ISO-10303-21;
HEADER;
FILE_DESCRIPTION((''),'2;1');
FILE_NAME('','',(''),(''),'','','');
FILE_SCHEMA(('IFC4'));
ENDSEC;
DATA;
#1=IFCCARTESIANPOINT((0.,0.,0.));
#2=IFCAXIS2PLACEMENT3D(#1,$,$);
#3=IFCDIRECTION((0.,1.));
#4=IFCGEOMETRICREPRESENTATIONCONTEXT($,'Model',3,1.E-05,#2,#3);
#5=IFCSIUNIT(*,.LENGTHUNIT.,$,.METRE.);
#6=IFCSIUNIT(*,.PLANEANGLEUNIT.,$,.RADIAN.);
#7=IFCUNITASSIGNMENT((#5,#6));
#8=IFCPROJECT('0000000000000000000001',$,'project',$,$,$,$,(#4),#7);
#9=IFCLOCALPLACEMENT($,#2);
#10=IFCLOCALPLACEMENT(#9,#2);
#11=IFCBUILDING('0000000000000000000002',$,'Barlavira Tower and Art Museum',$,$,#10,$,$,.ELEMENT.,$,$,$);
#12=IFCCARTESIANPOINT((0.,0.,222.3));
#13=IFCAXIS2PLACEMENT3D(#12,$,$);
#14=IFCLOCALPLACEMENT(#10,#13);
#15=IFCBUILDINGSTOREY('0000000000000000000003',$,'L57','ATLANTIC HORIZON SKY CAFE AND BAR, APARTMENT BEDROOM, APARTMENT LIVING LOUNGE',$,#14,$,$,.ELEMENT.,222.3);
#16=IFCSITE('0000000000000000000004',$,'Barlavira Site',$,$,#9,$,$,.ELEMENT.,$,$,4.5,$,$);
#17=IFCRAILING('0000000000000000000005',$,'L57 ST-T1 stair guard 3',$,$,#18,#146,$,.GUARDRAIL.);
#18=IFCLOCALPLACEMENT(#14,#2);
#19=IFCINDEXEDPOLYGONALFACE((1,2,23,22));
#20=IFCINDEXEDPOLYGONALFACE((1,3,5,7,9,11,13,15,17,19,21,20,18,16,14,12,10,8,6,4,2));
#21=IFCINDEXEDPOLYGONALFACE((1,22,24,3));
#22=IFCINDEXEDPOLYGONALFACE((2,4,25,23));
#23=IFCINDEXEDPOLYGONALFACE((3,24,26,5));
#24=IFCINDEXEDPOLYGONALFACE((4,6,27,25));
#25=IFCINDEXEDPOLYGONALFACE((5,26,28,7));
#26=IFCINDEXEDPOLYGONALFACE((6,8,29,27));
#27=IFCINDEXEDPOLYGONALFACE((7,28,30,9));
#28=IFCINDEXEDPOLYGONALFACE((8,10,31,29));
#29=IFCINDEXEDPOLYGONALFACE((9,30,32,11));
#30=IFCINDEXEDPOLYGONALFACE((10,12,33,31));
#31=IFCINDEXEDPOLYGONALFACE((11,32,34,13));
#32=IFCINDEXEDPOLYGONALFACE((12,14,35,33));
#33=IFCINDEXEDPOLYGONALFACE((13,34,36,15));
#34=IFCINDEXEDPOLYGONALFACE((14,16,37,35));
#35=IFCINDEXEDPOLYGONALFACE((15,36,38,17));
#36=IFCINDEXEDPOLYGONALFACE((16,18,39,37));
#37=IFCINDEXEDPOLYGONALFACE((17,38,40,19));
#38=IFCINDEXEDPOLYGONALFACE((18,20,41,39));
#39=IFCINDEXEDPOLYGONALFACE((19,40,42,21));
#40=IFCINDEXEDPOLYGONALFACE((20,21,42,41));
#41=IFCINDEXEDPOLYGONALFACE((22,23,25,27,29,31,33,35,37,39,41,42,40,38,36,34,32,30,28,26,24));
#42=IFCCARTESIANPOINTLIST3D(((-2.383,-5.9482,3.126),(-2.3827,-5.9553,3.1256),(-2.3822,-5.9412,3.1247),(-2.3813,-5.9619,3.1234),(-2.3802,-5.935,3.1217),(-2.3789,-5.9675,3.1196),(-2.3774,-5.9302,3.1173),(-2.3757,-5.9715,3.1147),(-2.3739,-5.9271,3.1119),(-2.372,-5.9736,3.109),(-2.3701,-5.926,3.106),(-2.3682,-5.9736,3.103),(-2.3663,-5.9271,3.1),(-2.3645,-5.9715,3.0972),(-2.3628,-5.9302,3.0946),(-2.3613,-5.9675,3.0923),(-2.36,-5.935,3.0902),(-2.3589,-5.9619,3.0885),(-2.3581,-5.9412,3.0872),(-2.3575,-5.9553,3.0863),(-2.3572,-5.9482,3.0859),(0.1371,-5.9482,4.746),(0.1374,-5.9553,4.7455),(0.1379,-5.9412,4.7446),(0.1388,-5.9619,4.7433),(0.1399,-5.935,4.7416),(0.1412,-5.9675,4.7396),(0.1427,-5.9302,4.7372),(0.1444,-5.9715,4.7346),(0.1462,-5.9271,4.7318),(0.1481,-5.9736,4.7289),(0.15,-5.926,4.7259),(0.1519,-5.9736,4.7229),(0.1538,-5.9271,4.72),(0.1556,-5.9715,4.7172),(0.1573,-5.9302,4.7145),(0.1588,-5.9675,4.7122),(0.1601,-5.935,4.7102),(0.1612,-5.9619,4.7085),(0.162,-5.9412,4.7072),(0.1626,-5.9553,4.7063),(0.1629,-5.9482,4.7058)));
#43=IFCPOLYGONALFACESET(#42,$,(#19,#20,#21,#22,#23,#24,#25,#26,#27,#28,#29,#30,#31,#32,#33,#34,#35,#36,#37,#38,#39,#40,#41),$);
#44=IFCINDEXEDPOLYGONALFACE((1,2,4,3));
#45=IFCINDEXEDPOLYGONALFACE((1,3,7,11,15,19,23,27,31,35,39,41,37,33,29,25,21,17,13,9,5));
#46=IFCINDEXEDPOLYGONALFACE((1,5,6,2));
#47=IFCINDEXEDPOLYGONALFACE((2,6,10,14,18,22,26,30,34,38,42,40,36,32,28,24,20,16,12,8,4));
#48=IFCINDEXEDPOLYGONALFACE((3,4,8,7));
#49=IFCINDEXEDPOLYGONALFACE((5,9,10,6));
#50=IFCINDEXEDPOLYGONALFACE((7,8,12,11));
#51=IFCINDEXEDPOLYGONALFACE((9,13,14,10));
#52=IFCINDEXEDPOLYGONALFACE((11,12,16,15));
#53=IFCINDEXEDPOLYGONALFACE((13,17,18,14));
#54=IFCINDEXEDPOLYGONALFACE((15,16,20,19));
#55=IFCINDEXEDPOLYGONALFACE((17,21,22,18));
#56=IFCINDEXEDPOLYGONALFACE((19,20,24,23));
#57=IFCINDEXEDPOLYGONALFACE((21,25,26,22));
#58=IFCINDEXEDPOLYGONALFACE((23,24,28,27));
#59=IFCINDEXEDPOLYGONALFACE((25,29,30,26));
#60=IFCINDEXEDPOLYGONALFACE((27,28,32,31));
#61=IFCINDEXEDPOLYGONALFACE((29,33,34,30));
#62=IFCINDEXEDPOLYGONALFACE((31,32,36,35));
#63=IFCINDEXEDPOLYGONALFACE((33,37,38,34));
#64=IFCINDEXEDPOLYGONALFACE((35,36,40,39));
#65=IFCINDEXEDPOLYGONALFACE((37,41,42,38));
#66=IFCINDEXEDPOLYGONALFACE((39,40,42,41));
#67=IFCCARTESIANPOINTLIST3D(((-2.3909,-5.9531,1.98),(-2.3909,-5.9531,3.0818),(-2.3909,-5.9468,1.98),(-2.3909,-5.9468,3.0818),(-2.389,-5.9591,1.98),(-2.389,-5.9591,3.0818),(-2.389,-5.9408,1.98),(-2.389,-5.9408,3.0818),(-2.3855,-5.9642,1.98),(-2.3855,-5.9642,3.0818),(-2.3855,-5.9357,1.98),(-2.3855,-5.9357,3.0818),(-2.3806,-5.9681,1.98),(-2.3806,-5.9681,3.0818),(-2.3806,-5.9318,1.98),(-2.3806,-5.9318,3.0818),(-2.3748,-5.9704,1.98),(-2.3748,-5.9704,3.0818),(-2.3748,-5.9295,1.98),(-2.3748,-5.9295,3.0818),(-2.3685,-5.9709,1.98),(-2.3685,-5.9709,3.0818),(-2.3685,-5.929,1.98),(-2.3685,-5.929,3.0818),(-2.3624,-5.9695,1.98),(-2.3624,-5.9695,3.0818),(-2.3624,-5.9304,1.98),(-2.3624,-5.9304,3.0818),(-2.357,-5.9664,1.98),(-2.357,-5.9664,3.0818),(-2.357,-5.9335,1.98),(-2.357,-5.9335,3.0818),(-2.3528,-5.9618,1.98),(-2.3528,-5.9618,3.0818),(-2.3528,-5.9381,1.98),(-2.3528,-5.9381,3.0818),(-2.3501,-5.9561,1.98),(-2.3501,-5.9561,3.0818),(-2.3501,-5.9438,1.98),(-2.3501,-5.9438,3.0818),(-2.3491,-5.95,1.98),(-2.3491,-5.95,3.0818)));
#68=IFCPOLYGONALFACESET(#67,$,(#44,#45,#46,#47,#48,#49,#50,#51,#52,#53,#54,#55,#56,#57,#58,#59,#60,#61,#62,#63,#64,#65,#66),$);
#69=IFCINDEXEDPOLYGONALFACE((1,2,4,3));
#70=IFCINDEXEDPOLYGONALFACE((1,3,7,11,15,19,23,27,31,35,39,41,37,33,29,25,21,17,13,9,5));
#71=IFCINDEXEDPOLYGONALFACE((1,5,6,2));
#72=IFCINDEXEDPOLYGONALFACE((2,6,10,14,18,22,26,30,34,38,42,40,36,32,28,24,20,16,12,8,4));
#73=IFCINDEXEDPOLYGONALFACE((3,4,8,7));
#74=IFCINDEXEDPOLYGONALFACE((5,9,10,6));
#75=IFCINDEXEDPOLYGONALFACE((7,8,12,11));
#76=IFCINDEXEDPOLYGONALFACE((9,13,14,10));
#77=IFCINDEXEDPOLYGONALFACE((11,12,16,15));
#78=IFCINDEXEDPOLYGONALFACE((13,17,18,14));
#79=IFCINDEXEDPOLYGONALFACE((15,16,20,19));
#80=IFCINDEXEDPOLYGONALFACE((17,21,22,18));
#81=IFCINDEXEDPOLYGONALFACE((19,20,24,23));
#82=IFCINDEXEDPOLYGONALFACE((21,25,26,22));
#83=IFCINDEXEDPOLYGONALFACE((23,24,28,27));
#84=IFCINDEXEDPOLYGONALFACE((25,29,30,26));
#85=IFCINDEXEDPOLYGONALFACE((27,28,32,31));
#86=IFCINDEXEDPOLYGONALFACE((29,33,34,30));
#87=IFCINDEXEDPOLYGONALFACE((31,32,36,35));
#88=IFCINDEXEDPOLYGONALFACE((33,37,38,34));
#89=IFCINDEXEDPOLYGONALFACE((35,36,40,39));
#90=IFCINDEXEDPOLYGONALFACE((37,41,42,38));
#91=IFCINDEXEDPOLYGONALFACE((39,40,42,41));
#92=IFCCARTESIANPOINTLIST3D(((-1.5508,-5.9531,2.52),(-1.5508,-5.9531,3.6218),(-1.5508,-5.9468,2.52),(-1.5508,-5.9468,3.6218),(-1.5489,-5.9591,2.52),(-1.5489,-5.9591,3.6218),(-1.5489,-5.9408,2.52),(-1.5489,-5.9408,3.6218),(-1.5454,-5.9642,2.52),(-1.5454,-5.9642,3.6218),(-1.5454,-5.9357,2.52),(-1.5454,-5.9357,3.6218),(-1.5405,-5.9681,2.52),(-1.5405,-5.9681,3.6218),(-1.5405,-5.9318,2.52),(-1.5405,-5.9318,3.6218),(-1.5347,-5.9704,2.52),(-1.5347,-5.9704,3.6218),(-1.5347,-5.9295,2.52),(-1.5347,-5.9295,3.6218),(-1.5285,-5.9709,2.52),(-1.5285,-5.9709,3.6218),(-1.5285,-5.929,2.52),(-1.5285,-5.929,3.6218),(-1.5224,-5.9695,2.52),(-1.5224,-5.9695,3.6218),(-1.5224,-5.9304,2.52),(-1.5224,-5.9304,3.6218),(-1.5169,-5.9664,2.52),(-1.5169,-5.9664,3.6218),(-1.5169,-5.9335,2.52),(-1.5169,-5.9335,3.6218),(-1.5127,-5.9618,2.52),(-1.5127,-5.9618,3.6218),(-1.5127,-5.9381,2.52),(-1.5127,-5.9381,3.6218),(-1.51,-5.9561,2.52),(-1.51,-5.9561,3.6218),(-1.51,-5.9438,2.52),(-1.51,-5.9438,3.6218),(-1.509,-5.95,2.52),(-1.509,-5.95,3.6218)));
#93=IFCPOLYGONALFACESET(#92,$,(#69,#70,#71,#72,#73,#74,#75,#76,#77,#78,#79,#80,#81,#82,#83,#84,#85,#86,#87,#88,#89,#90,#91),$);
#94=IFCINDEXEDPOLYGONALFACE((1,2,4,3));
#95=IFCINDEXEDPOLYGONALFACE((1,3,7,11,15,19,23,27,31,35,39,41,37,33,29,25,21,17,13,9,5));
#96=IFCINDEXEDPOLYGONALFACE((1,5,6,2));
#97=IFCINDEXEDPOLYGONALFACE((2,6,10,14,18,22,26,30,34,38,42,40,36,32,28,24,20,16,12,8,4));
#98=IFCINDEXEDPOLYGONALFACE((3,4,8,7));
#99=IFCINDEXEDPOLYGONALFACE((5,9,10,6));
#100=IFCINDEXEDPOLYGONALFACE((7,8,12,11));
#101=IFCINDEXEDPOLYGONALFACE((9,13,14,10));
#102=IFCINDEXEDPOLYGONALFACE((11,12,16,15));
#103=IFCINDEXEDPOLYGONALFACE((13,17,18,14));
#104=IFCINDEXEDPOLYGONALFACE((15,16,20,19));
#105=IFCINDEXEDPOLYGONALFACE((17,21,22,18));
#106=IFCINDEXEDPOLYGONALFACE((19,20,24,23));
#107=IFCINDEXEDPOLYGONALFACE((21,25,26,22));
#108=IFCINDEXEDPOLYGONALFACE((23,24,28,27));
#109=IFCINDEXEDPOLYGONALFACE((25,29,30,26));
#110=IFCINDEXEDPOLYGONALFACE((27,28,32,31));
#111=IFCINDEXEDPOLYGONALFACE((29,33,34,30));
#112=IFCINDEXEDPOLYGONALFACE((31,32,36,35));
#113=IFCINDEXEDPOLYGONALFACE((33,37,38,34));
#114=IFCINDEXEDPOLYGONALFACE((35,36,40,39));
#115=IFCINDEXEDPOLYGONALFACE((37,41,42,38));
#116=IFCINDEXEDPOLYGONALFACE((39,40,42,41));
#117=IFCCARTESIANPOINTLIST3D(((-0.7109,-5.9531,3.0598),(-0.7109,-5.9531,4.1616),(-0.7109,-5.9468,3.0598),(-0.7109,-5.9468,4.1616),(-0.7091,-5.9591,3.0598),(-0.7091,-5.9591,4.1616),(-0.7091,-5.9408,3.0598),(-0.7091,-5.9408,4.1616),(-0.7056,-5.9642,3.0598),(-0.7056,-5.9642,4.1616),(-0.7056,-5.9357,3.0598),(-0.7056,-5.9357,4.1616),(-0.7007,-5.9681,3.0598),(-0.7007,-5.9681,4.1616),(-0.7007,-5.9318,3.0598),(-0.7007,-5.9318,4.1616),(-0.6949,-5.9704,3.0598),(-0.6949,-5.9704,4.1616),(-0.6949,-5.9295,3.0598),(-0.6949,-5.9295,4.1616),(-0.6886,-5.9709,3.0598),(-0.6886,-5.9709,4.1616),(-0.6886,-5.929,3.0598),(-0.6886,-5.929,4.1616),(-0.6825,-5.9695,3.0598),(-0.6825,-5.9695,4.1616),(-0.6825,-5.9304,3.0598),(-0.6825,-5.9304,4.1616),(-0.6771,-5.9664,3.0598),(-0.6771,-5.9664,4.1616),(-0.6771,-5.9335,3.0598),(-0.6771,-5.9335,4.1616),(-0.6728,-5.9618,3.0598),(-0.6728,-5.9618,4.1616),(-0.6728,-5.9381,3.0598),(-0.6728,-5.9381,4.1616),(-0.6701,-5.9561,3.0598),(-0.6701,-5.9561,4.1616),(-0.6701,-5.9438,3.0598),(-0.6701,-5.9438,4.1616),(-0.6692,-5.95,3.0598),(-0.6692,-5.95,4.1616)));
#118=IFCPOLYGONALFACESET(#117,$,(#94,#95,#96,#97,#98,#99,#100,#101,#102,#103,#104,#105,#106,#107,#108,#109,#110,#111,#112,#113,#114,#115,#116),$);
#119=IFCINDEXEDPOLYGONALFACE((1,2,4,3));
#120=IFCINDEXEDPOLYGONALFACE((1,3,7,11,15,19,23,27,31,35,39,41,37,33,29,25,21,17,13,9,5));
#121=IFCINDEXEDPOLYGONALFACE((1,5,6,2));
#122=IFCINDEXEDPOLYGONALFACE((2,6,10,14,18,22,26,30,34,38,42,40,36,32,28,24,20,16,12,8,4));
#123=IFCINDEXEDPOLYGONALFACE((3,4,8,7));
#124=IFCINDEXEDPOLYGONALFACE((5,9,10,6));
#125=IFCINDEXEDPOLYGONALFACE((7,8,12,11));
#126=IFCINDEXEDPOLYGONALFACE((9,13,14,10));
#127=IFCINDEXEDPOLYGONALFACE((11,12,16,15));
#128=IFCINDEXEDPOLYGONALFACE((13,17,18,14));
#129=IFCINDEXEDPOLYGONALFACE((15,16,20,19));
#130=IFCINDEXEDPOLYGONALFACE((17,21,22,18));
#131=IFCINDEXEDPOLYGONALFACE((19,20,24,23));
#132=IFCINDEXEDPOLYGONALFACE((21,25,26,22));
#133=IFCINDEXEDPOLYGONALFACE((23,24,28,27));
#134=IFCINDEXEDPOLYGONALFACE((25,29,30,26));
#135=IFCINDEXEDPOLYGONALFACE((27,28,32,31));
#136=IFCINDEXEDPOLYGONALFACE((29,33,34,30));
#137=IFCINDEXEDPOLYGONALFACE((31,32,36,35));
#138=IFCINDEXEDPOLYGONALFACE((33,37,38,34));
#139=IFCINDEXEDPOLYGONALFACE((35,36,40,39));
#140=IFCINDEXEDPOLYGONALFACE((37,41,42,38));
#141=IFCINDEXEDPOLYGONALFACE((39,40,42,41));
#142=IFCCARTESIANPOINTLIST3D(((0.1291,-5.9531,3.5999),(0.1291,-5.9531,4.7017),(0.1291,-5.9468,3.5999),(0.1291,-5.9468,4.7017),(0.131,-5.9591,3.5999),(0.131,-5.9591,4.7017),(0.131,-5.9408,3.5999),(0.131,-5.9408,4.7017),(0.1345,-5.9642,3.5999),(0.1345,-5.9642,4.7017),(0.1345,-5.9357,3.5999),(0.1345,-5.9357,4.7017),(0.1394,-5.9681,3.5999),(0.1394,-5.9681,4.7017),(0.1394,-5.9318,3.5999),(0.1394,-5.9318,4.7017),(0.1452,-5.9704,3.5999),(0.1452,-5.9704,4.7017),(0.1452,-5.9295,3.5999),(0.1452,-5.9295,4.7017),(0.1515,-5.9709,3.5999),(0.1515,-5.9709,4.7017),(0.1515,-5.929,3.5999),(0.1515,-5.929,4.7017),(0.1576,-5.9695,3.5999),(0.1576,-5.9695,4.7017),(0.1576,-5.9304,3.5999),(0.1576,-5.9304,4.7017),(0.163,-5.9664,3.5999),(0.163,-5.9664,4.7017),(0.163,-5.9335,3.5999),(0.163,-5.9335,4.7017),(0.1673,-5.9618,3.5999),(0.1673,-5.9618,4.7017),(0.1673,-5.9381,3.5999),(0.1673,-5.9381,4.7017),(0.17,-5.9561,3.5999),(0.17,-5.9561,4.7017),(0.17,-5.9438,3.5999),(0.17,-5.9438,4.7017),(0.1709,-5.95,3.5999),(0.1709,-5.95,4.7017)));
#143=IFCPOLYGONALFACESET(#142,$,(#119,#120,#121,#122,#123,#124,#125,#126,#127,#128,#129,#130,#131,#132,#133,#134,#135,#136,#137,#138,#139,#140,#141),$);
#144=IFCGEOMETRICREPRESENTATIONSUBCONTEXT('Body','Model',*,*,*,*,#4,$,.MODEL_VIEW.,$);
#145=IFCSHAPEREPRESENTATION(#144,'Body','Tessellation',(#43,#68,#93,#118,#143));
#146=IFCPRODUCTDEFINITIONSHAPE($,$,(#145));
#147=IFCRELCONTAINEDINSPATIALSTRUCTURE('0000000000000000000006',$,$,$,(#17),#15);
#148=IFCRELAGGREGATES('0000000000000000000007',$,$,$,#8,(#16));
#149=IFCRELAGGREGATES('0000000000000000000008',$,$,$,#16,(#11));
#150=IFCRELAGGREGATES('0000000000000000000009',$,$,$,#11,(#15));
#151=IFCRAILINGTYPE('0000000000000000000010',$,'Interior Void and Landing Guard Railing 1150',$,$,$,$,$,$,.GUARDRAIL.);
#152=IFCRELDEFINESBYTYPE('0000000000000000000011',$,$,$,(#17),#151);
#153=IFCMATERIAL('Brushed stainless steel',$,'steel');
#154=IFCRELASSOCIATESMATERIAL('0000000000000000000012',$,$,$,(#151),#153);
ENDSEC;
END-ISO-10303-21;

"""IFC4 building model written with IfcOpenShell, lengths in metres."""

from ifc_helpers import new_model, si_unit, direction, frame, origin, origin_2d, place, context, subcontext, project, spatial, circle, extrude, material, type_object, element, save


model = new_model("IFC4")

# Units and contexts
model_context = context("Model", 3, precision=1e-05, world=origin(), true_north=direction((0.0, 1.0)))
body_context = subcontext(model_context, "Body", "Model", "MODEL_VIEW")
ifc_project = project(units=[si_unit("LENGTHUNIT", "METRE"), si_unit("PLANEANGLEUNIT", "RADIAN")], contexts=[model_context])

# Site, building, storey
site_placement = place(None, origin())
site = spatial("IfcSite", under=ifc_project, at=site_placement, Name="Barlavira Site", CompositionType="ELEMENT", RefElevation=4.5)
building_placement = place(site_placement, origin())
building = spatial("IfcBuilding", under=site, at=building_placement, Name="Barlavira Tower and Art Museum", CompositionType="ELEMENT")
storey_placement = place(building_placement, frame((0.0, 0.0, 222.3)))
storey = spatial("IfcBuildingStorey", under=building, at=storey_placement, Name="L57", Description="ATLANTIC HORIZON SKY CAFE AND BAR, APARTMENT BEDROOM, APARTMENT LIVING LOUNGE", CompositionType="ELEMENT", Elevation=222.3)

# Shared definitions
ifc_material_1 = material(Name="Brushed stainless steel", Category="steel")

# Railing
railing_type_1 = type_object("IfcRailingType", Name="Interior Void and Landing Guard Railing 1150", PredefinedType="GUARDRAIL", material=ifc_material_1)
railing_1_placement = place(storey_placement, frame((-2.3701, -5.95, 1.98)))
element("IfcRailing", 1, at=railing_1_placement, inside=storey, type_object=railing_type_1, Name="L57 ST-T1 stair guard 3", PredefinedType="GUARDRAIL", context=body_context, shape_type="SweptSolid", body=[
    extrude(circle(Radius=0.0239, at=origin_2d()), frame((0.0, 0.0, 1.126), z_axis=(0.8412, 0.0, 0.540725), x_axis=(0.0, 1.0, 0.0)), (0.0, 0.0, 1.0), 2.9958),
    extrude(circle(Radius=0.021, at=origin_2d()), origin(), (0.0, 0.0, 1.0), 1.1018),
    extrude(circle(Radius=0.021, at=origin_2d()), frame((0.8401, 0.0, 0.54)), (0.0, 0.0, 1.0), 1.1018),
    extrude(circle(Radius=0.021, at=origin_2d()), frame((1.6799, 0.0, 1.0798)), (0.0, 0.0, 1.0), 1.1018),
    extrude(circle(Radius=0.021, at=origin_2d()), frame((2.52, 0.0, 1.6199)), (0.0, 0.0, 1.0), 1.1018),
])

save(model, "model.ifc")
